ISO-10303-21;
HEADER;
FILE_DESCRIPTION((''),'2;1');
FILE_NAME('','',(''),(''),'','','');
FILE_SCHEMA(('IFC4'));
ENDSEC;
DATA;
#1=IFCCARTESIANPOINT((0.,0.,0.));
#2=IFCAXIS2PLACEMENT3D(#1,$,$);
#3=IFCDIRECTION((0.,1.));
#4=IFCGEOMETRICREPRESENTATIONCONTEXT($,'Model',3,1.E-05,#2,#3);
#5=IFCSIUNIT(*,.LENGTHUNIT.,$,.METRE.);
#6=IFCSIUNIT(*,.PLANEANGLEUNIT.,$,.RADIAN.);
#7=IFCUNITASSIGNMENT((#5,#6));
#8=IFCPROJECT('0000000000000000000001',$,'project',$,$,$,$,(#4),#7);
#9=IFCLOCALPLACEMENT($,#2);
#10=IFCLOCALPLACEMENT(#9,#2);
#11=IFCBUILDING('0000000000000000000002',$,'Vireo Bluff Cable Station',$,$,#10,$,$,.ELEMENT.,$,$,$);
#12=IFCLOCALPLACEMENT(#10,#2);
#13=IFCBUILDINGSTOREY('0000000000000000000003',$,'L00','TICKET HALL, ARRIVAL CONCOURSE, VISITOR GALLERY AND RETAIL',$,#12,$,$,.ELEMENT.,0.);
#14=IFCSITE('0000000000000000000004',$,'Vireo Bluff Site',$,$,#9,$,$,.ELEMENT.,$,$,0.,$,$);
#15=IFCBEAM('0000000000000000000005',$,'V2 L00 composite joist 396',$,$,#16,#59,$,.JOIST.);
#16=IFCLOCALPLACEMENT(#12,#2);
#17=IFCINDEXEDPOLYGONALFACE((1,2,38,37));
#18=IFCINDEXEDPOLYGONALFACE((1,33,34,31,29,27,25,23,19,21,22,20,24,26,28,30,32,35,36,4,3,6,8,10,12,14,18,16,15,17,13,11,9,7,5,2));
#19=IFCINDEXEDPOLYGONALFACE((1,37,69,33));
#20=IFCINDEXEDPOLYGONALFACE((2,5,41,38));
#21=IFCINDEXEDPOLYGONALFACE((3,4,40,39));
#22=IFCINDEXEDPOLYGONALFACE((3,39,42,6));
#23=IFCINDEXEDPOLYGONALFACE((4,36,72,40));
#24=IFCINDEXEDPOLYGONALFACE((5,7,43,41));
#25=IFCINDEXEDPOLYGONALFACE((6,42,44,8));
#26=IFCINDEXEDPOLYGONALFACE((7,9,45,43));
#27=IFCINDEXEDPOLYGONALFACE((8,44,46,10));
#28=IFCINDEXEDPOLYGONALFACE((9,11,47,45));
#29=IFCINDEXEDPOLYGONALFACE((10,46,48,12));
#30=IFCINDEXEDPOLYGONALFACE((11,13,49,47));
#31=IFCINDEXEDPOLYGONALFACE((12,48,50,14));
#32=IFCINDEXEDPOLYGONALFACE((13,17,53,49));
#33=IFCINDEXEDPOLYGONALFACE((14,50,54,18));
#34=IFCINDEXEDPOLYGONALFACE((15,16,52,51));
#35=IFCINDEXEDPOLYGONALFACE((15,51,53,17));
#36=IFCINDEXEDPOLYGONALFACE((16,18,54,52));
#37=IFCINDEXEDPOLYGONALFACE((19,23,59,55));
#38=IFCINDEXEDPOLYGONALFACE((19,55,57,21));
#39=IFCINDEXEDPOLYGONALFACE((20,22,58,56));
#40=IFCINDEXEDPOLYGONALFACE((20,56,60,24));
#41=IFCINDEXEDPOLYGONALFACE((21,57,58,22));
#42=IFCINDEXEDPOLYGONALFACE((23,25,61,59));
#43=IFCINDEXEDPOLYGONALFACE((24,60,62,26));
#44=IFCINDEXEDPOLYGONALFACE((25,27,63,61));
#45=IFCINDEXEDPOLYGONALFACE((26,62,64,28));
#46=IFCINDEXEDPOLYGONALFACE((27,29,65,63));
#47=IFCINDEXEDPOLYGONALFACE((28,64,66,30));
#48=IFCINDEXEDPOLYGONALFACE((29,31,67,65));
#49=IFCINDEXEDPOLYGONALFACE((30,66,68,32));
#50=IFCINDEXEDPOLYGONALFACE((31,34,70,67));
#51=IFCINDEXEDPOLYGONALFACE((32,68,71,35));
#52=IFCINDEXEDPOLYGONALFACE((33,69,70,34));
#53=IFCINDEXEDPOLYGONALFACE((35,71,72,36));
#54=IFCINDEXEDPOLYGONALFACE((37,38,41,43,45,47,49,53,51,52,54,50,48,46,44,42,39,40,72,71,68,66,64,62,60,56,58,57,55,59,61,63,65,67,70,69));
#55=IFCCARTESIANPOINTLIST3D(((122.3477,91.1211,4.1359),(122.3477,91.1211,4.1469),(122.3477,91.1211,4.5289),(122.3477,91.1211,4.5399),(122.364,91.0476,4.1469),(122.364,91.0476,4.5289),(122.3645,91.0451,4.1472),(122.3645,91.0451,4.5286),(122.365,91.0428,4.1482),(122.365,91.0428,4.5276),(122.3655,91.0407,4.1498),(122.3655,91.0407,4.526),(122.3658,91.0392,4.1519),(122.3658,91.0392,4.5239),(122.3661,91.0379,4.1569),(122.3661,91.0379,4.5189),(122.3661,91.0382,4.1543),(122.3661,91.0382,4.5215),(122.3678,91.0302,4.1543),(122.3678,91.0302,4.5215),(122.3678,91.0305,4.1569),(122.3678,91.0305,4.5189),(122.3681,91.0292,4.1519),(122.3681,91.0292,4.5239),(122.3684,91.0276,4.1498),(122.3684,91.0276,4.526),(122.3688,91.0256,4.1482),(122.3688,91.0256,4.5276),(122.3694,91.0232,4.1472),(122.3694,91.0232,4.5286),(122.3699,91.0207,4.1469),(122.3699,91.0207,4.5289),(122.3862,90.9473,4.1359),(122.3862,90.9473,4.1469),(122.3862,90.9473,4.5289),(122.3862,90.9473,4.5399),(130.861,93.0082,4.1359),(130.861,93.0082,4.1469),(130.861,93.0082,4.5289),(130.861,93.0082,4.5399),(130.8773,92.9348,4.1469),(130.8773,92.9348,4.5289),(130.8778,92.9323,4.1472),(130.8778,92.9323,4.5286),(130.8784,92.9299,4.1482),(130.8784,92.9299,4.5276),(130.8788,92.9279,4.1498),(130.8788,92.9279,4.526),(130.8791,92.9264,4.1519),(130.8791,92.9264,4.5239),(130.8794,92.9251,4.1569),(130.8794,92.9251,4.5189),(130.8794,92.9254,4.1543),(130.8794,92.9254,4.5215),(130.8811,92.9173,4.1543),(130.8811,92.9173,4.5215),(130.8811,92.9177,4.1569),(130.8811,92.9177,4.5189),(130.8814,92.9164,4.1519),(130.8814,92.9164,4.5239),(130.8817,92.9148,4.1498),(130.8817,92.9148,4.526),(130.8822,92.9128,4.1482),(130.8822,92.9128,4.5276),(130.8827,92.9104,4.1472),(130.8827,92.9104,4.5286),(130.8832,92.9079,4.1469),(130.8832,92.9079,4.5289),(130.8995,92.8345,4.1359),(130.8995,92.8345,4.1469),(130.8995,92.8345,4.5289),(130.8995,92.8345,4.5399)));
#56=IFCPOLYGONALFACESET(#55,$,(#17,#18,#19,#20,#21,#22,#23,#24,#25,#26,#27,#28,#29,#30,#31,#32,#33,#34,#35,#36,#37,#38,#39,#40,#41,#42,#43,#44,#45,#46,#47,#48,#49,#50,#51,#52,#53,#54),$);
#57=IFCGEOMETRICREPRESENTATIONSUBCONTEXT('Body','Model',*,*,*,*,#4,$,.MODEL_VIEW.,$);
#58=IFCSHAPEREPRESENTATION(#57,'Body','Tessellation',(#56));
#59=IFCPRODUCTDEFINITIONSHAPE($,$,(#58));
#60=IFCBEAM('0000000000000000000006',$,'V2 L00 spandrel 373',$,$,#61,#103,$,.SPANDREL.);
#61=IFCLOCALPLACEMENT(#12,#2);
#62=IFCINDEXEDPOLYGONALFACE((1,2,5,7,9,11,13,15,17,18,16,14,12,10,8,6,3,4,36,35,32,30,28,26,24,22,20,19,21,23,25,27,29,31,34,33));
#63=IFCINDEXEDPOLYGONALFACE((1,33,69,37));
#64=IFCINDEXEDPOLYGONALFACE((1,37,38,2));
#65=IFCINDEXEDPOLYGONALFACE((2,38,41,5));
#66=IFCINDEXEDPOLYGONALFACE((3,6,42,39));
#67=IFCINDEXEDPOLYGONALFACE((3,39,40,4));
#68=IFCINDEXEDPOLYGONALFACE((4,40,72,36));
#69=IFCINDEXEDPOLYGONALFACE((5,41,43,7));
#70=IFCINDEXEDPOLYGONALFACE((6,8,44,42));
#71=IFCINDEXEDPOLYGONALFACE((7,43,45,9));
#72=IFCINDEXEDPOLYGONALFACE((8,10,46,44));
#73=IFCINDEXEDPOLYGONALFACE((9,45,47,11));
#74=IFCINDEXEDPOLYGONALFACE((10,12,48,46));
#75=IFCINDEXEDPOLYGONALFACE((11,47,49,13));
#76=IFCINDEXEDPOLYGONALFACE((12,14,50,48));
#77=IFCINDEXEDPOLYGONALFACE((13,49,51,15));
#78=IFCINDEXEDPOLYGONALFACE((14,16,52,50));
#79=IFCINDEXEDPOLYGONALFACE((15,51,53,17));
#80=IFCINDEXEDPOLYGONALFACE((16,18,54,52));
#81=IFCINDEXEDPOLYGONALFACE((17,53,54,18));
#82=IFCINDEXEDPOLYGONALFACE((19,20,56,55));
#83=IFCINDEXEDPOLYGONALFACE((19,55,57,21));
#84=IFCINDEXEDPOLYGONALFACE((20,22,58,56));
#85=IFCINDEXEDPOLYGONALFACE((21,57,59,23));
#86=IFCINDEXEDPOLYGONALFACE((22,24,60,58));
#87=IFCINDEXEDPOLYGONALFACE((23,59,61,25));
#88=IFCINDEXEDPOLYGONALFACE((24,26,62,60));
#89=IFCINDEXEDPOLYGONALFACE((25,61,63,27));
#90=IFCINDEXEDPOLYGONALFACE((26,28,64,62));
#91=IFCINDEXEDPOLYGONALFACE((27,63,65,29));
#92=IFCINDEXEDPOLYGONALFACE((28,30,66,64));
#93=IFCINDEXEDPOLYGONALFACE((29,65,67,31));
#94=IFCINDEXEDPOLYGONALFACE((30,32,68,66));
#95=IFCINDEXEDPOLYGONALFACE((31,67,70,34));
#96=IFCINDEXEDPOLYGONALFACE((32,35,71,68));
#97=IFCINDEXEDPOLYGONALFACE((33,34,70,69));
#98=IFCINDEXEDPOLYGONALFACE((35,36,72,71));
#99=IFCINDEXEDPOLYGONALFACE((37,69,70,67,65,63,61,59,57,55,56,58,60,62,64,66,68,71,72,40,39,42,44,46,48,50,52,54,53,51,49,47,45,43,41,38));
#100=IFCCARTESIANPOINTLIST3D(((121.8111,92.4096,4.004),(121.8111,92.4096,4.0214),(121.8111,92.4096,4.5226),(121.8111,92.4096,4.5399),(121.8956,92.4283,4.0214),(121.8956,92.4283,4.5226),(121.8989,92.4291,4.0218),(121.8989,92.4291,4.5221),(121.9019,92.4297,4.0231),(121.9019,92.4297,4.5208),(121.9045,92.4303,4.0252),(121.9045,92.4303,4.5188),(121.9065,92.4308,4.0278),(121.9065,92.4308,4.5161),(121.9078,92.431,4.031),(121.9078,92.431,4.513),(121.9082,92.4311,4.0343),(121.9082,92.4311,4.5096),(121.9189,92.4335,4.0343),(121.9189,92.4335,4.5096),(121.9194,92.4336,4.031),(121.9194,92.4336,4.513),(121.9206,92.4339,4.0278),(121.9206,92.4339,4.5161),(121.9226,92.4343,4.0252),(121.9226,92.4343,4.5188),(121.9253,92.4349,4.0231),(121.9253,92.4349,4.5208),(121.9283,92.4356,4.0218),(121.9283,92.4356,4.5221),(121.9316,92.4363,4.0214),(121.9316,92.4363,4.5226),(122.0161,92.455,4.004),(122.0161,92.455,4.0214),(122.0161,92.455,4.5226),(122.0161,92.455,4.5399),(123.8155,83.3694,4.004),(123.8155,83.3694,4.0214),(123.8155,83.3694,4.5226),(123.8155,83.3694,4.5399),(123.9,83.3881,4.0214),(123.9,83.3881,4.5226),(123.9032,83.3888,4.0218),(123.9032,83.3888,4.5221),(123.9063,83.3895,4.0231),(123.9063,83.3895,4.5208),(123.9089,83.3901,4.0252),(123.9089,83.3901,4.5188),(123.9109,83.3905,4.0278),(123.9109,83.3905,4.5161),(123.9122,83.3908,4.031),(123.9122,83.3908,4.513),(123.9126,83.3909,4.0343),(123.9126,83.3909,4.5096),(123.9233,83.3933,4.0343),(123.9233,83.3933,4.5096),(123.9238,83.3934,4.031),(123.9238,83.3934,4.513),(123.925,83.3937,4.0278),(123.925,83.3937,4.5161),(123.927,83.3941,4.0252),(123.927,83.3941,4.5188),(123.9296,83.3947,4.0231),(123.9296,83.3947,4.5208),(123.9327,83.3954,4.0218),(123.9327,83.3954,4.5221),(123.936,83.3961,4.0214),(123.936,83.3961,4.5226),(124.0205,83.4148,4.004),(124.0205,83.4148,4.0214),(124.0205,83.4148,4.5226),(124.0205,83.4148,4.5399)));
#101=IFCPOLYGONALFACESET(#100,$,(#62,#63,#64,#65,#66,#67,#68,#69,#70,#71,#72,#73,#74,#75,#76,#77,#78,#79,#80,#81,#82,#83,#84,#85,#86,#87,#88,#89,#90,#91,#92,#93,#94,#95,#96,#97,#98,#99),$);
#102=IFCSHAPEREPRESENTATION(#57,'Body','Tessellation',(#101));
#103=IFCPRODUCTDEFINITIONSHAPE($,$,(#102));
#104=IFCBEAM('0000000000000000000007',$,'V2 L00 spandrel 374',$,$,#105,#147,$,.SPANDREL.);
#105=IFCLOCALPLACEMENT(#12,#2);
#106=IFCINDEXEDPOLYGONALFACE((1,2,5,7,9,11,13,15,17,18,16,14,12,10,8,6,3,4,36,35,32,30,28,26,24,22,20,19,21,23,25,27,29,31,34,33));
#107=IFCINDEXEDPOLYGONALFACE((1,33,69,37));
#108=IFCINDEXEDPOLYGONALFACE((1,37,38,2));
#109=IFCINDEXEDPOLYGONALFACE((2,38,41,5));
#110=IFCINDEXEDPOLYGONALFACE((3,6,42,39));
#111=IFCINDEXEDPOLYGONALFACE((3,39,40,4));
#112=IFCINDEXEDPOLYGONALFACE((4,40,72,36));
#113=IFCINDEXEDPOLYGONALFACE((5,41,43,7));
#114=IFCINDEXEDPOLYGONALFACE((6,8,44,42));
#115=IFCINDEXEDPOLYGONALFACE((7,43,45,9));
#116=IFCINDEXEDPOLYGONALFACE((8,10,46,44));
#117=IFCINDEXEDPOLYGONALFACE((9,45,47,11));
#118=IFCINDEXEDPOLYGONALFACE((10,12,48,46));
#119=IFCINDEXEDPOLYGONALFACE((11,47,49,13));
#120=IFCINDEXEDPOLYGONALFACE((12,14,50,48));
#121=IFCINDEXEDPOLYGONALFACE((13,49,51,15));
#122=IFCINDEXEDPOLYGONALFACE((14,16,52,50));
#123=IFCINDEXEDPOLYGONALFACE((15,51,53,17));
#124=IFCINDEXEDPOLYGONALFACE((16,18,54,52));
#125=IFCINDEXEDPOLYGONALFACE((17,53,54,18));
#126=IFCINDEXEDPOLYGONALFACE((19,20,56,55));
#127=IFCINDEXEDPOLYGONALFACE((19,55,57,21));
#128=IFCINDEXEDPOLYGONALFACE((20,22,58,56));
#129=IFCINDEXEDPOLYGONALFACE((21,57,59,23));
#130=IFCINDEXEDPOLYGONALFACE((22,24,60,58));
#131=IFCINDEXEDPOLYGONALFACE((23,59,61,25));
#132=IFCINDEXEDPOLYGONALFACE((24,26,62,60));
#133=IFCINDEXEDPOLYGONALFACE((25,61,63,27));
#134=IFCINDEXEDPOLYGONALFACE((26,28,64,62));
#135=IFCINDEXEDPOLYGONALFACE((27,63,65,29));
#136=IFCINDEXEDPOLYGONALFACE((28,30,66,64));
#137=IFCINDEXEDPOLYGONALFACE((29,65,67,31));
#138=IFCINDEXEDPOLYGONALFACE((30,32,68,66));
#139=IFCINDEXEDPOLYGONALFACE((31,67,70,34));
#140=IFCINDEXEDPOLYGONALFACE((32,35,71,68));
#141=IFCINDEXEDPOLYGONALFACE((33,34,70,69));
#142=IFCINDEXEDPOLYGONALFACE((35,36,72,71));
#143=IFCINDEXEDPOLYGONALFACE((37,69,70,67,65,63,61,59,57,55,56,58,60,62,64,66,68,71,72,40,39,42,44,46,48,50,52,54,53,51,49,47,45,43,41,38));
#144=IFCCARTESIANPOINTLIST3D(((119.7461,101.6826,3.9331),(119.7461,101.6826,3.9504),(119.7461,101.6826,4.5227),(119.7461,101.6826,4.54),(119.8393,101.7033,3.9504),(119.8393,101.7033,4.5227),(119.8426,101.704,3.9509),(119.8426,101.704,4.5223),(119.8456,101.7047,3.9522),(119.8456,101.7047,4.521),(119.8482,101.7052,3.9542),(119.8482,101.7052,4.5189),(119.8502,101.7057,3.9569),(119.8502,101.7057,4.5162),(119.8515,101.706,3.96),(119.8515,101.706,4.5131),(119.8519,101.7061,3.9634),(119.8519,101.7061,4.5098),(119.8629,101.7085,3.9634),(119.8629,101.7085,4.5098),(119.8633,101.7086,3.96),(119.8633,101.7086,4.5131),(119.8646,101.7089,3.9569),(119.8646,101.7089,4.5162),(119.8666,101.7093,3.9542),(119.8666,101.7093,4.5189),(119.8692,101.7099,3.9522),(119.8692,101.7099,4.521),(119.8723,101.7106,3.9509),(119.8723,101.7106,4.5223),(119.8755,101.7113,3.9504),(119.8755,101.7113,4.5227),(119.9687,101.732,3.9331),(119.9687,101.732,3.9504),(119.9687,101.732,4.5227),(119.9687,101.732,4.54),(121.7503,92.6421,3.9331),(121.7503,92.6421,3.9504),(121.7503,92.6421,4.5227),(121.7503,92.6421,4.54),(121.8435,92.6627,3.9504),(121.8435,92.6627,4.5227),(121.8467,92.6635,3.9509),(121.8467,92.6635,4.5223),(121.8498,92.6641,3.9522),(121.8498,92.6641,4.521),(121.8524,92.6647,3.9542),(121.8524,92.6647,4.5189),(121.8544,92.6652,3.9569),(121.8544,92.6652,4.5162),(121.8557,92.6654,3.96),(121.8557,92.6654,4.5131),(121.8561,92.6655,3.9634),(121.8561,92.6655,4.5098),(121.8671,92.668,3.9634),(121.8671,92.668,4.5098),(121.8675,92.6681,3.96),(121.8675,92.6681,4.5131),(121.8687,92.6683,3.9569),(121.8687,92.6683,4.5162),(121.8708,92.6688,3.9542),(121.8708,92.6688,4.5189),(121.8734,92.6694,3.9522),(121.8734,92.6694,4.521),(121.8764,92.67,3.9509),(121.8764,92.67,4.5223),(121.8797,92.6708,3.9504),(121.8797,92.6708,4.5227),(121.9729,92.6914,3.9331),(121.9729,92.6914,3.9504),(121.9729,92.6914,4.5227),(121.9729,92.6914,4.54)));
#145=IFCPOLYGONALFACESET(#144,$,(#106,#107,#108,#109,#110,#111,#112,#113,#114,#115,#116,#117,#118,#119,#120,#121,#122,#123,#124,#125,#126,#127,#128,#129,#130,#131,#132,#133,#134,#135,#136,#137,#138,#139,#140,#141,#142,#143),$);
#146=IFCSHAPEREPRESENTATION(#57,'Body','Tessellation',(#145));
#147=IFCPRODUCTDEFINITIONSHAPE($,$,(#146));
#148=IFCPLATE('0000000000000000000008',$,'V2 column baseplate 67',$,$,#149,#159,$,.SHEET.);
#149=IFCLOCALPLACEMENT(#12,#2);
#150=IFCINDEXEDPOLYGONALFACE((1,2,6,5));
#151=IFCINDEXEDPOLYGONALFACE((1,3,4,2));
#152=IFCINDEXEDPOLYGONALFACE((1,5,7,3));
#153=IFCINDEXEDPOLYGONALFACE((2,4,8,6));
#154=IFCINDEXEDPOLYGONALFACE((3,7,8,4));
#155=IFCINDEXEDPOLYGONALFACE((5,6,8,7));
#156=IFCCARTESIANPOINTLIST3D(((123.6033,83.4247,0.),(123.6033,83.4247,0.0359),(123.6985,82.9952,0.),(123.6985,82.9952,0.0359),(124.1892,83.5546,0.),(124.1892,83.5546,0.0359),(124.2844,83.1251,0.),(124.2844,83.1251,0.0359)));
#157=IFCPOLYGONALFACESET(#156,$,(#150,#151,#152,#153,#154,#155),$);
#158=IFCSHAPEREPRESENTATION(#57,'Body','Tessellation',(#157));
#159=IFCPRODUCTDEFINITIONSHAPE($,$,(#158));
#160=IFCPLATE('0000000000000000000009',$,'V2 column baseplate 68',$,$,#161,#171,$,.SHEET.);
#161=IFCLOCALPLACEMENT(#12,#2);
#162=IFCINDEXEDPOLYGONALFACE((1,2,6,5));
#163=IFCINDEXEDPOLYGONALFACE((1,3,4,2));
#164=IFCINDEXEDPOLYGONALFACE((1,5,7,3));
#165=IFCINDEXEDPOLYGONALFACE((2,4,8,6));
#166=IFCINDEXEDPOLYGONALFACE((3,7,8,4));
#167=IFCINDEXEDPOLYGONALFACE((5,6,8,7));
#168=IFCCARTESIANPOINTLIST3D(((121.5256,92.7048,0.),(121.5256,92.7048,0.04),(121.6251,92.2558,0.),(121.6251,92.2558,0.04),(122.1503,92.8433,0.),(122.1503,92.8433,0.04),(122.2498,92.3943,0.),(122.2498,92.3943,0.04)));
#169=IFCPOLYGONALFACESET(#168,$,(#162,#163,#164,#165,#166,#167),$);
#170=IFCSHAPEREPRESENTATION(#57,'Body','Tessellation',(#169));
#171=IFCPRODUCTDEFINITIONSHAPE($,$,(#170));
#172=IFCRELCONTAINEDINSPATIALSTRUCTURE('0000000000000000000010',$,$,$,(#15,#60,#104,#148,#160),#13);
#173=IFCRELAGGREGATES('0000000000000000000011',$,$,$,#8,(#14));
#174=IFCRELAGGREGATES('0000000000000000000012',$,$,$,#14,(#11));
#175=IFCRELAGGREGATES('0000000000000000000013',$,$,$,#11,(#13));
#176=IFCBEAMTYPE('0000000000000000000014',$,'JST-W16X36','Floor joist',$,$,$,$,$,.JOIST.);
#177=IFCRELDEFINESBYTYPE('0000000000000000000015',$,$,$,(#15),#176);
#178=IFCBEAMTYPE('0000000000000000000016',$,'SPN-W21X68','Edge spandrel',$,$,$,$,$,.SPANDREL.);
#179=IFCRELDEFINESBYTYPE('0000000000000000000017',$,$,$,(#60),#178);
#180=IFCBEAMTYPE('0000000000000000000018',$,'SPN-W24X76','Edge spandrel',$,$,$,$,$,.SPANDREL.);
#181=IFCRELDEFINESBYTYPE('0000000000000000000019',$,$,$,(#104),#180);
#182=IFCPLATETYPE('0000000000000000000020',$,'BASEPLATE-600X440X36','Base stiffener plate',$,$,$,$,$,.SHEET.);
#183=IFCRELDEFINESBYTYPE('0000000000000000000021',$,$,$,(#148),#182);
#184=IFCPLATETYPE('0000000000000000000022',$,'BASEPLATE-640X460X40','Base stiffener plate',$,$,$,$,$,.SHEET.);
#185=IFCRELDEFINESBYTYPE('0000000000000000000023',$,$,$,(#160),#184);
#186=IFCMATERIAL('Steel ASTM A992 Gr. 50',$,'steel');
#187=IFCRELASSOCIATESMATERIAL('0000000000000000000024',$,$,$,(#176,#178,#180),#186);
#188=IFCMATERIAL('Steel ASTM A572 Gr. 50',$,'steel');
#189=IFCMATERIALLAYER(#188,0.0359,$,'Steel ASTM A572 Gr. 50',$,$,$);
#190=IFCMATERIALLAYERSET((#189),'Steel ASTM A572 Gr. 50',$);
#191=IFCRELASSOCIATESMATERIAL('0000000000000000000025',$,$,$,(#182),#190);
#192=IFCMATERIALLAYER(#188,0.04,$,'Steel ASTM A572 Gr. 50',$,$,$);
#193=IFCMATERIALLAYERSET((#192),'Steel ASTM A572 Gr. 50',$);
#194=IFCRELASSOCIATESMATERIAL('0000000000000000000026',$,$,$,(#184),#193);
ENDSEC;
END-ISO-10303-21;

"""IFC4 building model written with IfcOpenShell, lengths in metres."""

from ifc_helpers import new_model, si_unit, direction, frame, origin, origin_2d, place, context, subcontext, project, spatial, rectangle, i_section, extrude, material, layer, layer_set, material_profile, profile_set, type_object, element, save


model = new_model("IFC4")

# Units and contexts
model_context = context("Model", 3, precision=1e-05, world=origin(), true_north=direction((0.0, 1.0)))
body_context = subcontext(model_context, "Body", "Model", "MODEL_VIEW")
ifc_project = project(units=[si_unit("LENGTHUNIT", "METRE"), si_unit("PLANEANGLEUNIT", "RADIAN")], contexts=[model_context])

# Site, building, storey
site_placement = place(None, origin())
site = spatial("IfcSite", under=ifc_project, at=site_placement, Name="Vireo Bluff Site", CompositionType="ELEMENT", RefElevation=0.0)
building_placement = place(site_placement, origin())
building = spatial("IfcBuilding", under=site, at=building_placement, Name="Vireo Bluff Cable Station", CompositionType="ELEMENT")
storey_placement = place(building_placement, origin())
storey = spatial("IfcBuildingStorey", under=building, at=storey_placement, Name="L00", Description="TICKET HALL, ARRIVAL CONCOURSE, VISITOR GALLERY AND RETAIL", CompositionType="ELEMENT", Elevation=0.0)

# Shared definitions
ifc_material_1 = material(Name="Steel ASTM A992 Gr. 50", Category="steel")

# Beams
ifc_material_profile_1 = material_profile(ifc_material_1, i_section(OverallWidth=0.178, OverallDepth=0.4041, WebThickness=0.0076, FlangeThickness=0.011, FilletRadius=0.01, at=origin_2d()), Name="W16X36")
ifc_profile_set_1 = profile_set([ifc_material_profile_1], Name="Steel ASTM A992 Gr. 50")
beam_type_1 = type_object("IfcBeamType", Name="JST-W16X36", Description="Floor joist", PredefinedType="JOIST", material=ifc_profile_set_1)
beam_1_placement = place(storey_placement, frame((122.3669, 91.0342, 4.3379), z_axis=(0.9763, 0.216421, 0.0), x_axis=(-0.216421, 0.9763, 0.0)))
element("IfcBeam", 1, at=beam_1_placement, inside=storey, type_object=beam_type_1, Name="V2 L00 composite joist 396", PredefinedType="JOIST", context=body_context, shape_type="SweptSolid", body=[
    extrude(i_section(OverallWidth=0.178, OverallDepth=0.4041, WebThickness=0.0076, FlangeThickness=0.011, FilletRadius=0.01, at=origin_2d()), origin(), (0.0, 0.0, 1.0), 8.72),
])
ifc_material_profile_2 = material_profile(ifc_material_1, i_section(OverallWidth=0.21, OverallDepth=0.5359, WebThickness=0.011, FlangeThickness=0.0173, FilletRadius=0.0129, at=origin_2d()), Name="W21X68")
ifc_profile_set_2 = profile_set([ifc_material_profile_2], Name="Steel ASTM A992 Gr. 50")
beam_type_2 = type_object("IfcBeamType", Name="SPN-W21X68", Description="Edge spandrel", PredefinedType="SPANDREL", material=ifc_profile_set_2)
beam_2_placement = place(storey_placement, frame((123.918, 83.3921, 4.272), z_axis=(-0.216461, 0.976291, 0.0), x_axis=(-0.976291, -0.216461, 0.0)))
element("IfcBeam", 2, at=beam_2_placement, inside=storey, type_object=beam_type_2, Name="V2 L00 spandrel 373", PredefinedType="SPANDREL", context=body_context, shape_type="SweptSolid", body=[
    extrude(i_section(OverallWidth=0.21, OverallDepth=0.5359, WebThickness=0.011, FlangeThickness=0.0173, FilletRadius=0.0129, at=origin_2d()), origin(), (0.0, 0.0, 1.0), 9.2598),
])
ifc_material_profile_3 = material_profile(ifc_material_1, i_section(OverallWidth=0.228, OverallDepth=0.6069, WebThickness=0.0112, FlangeThickness=0.0173, FilletRadius=0.0129, at=origin_2d()), Name="W24X76")
ifc_profile_set_3 = profile_set([ifc_material_profile_3], Name="Steel ASTM A992 Gr. 50")
beam_type_3 = type_object("IfcBeamType", Name="SPN-W24X76", Description="Edge spandrel", PredefinedType="SPANDREL", material=ifc_profile_set_3)
beam_3_placement = place(storey_placement, frame((121.8616, 92.6667, 4.2366), z_axis=(-0.216431, 0.976298, 0.0), x_axis=(-0.976298, -0.216431, 0.0)))
element("IfcBeam", 3, at=beam_3_placement, inside=storey, type_object=beam_type_3, Name="V2 L00 spandrel 374", PredefinedType="SPANDREL", context=body_context, shape_type="SweptSolid", body=[
    extrude(i_section(OverallWidth=0.228, OverallDepth=0.6069, WebThickness=0.0112, FlangeThickness=0.0173, FilletRadius=0.0129, at=origin_2d()), origin(), (0.0, 0.0, 1.0), 9.26),
])

# Plates
ifc_material_2 = material(Name="Steel ASTM A572 Gr. 50", Category="steel")
ifc_layer_1 = layer(ifc_material_2, 0.0359, Name="Steel ASTM A572 Gr. 50")
ifc_layer_set_1 = layer_set([ifc_layer_1], Name="Steel ASTM A572 Gr. 50")
plate_type_1 = type_object("IfcPlateType", Name="BASEPLATE-600X440X36", Description="Base stiffener plate", PredefinedType="SHEET", material=ifc_layer_set_1)
plate_1_placement = place(storey_placement, frame((123.9438, 83.2749, 0.0), z_axis=(0.0, 0.0, 1.0), x_axis=(0.976296, 0.21644, 0.0)))
element("IfcPlate", 4, at=plate_1_placement, inside=storey, type_object=plate_type_1, Name="V2 column baseplate 67", PredefinedType="SHEET", context=body_context, shape_type="SweptSolid", body=[
    extrude(rectangle(XDim=0.6001, YDim=0.4399, at=origin_2d()), origin(), (0.0, 0.0, 1.0), 0.0359),
])
ifc_layer_2 = layer(ifc_material_2, 0.04, Name="Steel ASTM A572 Gr. 50")
ifc_layer_set_2 = layer_set([ifc_layer_2], Name="Steel ASTM A572 Gr. 50")
plate_type_2 = type_object("IfcPlateType", Name="BASEPLATE-640X460X40", Description="Base stiffener plate", PredefinedType="SHEET", material=ifc_layer_set_2)
plate_2_placement = place(storey_placement, frame((121.8877, 92.5496, 0.0), z_axis=(0.0, 0.0, 1.0), x_axis=(0.976296, 0.21644, 0.0)))
element("IfcPlate", 5, at=plate_2_placement, inside=storey, type_object=plate_type_2, Name="V2 column baseplate 68", PredefinedType="SHEET", context=body_context, shape_type="SweptSolid", body=[
    extrude(rectangle(XDim=0.6399, YDim=0.46, at=origin_2d()), origin(), (0.0, 0.0, 1.0), 0.04),
])

save(model, "model.ifc")
